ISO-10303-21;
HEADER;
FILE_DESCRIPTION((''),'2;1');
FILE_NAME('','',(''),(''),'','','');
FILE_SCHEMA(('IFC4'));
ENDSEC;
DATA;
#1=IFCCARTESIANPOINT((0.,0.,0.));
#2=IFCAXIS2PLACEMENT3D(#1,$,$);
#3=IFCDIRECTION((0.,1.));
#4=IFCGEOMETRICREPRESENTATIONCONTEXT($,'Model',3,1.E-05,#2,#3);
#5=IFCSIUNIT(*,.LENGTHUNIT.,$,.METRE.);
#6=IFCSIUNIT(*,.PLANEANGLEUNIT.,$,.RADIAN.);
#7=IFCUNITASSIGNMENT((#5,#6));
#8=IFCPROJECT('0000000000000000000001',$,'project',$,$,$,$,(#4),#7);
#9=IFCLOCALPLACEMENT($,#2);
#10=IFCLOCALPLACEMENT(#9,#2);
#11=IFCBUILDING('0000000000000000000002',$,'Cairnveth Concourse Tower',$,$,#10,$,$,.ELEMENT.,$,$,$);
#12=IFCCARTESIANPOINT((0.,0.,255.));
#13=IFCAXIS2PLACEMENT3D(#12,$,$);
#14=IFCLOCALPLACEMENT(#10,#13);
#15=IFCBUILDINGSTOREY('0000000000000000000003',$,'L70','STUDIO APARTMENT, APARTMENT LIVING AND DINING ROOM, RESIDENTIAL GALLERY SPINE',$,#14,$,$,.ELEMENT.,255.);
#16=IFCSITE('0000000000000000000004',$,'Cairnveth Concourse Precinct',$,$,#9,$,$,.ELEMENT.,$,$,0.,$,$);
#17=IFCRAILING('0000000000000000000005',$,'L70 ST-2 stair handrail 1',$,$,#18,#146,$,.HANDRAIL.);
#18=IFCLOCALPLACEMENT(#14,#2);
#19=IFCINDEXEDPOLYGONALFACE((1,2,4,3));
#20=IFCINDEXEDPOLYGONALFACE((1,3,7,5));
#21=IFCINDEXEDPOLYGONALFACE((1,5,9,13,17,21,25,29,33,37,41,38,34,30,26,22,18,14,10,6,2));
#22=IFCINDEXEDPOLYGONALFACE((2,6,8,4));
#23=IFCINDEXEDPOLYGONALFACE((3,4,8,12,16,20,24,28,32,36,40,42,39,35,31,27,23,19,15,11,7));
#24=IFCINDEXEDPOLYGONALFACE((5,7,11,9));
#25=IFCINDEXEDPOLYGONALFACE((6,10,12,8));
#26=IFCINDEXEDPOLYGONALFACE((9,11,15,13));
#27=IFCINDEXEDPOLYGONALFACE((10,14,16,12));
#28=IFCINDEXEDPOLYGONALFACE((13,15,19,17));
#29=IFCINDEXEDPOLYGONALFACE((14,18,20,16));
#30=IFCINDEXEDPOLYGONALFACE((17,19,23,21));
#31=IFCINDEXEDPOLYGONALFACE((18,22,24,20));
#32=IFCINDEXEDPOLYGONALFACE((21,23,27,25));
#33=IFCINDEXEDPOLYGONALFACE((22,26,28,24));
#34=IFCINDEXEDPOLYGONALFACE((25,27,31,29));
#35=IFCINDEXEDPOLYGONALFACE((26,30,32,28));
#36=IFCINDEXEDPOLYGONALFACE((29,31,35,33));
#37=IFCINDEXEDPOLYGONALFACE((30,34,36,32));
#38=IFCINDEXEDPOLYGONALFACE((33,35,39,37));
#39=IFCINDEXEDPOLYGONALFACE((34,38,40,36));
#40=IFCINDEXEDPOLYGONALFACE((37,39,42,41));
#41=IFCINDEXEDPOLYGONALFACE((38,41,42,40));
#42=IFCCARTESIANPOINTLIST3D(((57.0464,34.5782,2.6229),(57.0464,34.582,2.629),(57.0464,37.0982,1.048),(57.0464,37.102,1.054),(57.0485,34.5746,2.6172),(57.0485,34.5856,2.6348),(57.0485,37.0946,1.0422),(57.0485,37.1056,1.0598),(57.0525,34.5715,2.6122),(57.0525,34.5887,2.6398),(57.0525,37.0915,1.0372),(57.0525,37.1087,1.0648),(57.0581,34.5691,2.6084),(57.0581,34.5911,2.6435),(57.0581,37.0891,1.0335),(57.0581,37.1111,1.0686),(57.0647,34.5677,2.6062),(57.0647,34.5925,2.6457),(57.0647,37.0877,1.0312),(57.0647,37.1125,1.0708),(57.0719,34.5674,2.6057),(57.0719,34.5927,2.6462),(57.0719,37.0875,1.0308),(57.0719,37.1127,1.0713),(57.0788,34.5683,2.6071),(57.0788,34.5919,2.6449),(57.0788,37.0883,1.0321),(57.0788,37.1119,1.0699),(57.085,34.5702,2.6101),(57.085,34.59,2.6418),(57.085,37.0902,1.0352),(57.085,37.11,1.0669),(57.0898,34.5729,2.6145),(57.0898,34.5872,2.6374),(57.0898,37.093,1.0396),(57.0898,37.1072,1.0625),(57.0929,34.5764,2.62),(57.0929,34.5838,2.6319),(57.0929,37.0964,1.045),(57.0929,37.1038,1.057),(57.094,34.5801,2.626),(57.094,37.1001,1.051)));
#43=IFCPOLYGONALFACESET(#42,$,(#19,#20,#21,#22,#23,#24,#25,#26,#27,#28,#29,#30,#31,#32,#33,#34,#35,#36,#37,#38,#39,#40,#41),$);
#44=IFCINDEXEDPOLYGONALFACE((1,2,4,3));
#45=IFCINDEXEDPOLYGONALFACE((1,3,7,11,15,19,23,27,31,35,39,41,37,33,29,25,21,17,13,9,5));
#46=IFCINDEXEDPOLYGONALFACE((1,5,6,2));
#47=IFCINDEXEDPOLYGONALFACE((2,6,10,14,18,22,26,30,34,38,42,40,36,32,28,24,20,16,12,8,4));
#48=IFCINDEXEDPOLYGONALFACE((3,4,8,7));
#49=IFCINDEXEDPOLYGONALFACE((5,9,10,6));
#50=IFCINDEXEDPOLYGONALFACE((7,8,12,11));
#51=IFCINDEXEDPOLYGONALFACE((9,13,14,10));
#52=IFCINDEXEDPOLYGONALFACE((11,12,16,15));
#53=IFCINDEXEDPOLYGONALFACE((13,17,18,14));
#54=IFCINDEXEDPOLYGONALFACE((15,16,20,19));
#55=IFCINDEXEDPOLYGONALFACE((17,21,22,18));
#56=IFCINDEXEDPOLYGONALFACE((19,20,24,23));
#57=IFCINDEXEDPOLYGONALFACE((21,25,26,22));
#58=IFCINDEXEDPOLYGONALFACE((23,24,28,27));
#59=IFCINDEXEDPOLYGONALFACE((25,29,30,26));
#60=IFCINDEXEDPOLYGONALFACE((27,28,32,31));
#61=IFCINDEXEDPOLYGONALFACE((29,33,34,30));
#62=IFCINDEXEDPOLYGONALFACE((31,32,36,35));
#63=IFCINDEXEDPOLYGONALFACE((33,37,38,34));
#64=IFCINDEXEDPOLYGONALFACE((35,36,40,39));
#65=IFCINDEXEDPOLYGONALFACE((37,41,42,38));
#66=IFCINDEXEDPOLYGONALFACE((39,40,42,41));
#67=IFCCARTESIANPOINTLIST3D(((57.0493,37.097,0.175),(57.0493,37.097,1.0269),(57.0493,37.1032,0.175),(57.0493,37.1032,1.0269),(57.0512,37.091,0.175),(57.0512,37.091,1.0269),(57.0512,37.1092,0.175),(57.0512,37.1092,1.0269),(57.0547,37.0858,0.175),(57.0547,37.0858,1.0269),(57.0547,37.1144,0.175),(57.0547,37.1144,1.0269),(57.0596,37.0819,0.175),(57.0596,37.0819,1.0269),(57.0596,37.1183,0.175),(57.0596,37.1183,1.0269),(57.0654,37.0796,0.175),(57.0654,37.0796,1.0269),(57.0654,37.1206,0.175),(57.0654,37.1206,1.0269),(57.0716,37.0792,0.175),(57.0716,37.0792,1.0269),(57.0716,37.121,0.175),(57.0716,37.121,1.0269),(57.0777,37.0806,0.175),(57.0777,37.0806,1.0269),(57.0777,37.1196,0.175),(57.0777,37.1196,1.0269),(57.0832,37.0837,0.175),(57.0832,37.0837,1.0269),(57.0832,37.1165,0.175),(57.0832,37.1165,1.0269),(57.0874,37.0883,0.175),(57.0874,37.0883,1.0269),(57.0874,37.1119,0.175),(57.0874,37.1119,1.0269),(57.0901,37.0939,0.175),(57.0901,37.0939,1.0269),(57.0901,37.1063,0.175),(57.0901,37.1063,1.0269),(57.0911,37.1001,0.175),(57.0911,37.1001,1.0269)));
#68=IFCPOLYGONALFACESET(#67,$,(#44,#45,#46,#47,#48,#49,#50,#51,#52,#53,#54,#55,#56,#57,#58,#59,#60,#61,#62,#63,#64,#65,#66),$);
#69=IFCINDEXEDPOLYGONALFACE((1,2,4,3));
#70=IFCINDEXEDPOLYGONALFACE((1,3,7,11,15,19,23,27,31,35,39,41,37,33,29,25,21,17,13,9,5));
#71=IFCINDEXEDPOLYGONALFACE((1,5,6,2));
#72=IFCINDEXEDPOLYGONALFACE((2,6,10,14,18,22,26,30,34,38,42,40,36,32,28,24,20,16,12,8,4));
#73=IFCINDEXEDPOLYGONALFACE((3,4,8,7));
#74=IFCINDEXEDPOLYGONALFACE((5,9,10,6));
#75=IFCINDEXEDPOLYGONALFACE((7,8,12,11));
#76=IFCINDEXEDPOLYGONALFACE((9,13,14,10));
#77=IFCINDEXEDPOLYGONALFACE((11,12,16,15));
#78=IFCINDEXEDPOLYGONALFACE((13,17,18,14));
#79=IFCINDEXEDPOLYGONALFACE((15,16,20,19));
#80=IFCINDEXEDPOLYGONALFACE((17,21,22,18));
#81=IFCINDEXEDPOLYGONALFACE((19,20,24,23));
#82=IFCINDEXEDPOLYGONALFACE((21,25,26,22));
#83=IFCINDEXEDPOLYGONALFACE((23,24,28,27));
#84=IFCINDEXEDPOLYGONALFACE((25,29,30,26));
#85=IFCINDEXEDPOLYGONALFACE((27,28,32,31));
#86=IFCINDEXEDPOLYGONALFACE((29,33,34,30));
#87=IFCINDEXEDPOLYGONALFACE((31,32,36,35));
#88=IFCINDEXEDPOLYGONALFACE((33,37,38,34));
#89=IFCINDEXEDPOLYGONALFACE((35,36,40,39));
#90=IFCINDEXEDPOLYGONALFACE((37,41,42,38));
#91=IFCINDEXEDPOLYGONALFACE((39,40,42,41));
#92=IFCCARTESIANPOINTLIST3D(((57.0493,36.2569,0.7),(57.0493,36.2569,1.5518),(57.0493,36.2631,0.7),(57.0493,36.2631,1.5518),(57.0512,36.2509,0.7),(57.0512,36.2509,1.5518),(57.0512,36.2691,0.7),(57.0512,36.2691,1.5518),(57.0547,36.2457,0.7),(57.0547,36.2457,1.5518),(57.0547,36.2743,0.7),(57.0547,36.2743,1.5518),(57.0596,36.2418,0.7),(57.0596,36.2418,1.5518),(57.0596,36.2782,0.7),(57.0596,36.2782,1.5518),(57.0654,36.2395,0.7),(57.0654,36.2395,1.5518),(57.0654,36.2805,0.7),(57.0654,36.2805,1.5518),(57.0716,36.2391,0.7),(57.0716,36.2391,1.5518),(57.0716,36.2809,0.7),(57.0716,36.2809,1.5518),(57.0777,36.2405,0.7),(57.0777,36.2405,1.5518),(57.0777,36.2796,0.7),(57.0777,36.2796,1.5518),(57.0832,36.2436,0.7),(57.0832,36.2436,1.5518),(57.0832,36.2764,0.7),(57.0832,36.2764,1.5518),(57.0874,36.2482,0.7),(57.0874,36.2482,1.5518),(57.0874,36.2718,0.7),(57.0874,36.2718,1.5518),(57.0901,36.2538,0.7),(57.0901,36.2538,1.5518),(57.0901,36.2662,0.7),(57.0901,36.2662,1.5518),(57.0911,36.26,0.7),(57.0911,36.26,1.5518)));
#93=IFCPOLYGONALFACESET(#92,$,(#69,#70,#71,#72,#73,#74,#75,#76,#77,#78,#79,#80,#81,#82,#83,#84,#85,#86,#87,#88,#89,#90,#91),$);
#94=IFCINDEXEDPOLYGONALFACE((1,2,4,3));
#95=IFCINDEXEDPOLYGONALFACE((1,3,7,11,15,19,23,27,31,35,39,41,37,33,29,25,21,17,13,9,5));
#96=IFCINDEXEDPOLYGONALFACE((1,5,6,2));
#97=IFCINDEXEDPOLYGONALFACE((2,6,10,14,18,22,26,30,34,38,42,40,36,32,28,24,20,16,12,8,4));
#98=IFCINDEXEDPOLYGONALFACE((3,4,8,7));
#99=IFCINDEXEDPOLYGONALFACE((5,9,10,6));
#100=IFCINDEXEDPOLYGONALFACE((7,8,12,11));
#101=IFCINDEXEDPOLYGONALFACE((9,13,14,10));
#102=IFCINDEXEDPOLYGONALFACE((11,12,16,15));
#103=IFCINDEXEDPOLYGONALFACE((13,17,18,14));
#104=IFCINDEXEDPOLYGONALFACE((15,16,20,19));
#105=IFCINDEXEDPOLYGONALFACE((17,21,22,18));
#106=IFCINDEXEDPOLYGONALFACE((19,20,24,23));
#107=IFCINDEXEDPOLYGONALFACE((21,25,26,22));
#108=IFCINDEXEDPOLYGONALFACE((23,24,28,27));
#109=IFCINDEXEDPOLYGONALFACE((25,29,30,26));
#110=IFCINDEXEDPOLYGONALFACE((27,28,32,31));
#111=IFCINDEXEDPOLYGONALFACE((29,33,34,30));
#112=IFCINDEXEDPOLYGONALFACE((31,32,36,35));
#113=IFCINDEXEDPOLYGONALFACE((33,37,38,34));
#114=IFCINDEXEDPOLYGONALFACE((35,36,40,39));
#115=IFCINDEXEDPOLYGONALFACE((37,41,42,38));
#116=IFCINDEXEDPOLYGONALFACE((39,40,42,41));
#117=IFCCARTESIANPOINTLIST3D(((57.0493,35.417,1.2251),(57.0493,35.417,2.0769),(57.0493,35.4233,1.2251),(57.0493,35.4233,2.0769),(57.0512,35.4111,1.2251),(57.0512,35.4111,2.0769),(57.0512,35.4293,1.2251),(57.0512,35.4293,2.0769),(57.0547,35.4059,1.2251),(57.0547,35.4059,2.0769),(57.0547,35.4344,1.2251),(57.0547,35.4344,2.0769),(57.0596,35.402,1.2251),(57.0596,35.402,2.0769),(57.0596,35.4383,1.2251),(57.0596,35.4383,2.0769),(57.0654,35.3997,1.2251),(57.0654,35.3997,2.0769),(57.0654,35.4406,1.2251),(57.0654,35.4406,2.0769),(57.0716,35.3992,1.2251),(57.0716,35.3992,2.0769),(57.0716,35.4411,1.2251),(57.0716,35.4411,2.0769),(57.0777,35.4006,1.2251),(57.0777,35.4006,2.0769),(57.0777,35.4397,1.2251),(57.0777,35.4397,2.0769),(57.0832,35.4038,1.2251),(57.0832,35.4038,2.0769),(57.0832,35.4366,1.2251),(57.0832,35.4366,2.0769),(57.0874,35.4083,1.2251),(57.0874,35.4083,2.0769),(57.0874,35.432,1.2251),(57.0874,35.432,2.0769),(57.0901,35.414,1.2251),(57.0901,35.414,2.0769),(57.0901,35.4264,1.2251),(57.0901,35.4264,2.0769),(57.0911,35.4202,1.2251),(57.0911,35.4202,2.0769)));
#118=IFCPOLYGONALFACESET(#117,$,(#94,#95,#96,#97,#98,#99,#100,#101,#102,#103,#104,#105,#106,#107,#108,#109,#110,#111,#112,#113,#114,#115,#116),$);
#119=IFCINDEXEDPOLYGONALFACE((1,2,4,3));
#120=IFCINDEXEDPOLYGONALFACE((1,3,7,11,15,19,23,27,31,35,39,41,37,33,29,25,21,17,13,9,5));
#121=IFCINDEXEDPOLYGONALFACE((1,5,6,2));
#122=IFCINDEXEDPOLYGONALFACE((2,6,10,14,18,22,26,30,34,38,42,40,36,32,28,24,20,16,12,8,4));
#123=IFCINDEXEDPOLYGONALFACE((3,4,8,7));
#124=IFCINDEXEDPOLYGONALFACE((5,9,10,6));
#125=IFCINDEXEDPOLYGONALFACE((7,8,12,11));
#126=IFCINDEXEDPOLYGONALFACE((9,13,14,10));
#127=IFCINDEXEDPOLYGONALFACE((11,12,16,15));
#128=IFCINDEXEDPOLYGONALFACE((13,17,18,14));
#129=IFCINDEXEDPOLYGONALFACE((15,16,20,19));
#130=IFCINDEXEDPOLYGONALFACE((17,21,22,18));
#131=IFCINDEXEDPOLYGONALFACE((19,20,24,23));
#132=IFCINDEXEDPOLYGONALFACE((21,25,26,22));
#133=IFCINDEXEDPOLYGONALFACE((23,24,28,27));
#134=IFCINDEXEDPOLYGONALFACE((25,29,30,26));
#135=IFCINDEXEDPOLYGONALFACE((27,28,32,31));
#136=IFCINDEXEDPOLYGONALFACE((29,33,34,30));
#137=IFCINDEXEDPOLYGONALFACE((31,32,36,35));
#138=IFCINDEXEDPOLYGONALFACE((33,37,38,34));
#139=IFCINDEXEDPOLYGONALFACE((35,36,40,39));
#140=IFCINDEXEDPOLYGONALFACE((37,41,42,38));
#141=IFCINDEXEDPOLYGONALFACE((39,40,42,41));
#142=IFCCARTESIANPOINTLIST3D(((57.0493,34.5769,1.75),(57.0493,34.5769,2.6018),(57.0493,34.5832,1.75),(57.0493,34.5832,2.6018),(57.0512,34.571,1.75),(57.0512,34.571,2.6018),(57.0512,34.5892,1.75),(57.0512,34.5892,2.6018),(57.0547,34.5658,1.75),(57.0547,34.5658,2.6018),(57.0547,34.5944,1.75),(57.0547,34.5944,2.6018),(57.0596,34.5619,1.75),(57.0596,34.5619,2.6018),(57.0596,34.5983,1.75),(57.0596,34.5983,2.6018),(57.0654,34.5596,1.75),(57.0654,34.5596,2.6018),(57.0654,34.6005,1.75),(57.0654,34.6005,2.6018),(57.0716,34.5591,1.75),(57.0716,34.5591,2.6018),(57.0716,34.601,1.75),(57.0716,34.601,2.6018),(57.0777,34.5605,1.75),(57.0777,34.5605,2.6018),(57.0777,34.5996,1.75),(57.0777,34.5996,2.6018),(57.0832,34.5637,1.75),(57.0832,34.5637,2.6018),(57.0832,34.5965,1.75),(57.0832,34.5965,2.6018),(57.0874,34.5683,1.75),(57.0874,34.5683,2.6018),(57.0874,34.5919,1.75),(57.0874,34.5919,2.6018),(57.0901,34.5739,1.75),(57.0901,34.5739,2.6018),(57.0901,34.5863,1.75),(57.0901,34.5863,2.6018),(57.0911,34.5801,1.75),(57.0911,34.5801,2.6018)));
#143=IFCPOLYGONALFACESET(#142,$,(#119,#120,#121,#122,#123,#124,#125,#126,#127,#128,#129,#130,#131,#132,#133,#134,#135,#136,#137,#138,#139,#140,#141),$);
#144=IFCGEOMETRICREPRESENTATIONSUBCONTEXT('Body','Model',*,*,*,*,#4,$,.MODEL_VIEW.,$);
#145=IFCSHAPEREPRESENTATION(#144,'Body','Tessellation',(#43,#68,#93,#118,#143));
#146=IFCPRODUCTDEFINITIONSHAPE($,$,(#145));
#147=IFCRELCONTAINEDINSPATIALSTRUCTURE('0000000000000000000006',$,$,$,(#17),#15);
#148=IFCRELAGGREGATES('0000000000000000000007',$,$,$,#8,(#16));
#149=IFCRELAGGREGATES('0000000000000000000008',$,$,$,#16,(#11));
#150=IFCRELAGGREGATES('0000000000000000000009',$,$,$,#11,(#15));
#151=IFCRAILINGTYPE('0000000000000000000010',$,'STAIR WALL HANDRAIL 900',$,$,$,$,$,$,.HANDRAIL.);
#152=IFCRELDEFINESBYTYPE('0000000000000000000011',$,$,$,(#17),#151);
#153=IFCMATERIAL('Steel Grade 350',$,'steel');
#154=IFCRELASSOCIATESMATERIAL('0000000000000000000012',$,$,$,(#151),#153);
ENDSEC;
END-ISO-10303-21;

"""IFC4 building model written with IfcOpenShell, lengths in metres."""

from ifc_helpers import new_model, si_unit, direction, frame, origin, origin_2d, place, context, subcontext, project, spatial, circle, extrude, material, type_object, element, save


model = new_model("IFC4")

# Units and contexts
model_context = context("Model", 3, precision=1e-05, world=origin(), true_north=direction((0.0, 1.0)))
body_context = subcontext(model_context, "Body", "Model", "MODEL_VIEW")
ifc_project = project(units=[si_unit("LENGTHUNIT", "METRE"), si_unit("PLANEANGLEUNIT", "RADIAN")], contexts=[model_context])

# Site, building, storey
site_placement = place(None, origin())
site = spatial("IfcSite", under=ifc_project, at=site_placement, Name="Cairnveth Concourse Precinct", CompositionType="ELEMENT", RefElevation=0.0)
building_placement = place(site_placement, origin())
building = spatial("IfcBuilding", under=site, at=building_placement, Name="Cairnveth Concourse Tower", CompositionType="ELEMENT")
storey_placement = place(building_placement, frame((0.0, 0.0, 255.0)))
storey = spatial("IfcBuildingStorey", under=building, at=storey_placement, Name="L70", Description="STUDIO APARTMENT, APARTMENT LIVING AND DINING ROOM, RESIDENTIAL GALLERY SPINE", CompositionType="ELEMENT", Elevation=255.0)

# Shared definitions
ifc_material_1 = material(Name="Steel Grade 350", Category="steel")

# Railing
railing_type_1 = type_object("IfcRailingType", Name="STAIR WALL HANDRAIL 900", PredefinedType="HANDRAIL", material=ifc_material_1)
railing_1_placement = place(storey_placement, frame((57.0701, 37.1001, 0.175)))
element("IfcRailing", 1, at=railing_1_placement, inside=storey, type_object=railing_type_1, Name="L70 ST-2 stair handrail 1", PredefinedType="HANDRAIL", context=body_context, shape_type="SweptSolid", body=[
    extrude(circle(Radius=0.0239, at=origin_2d()), frame((0.0, 0.0, 0.876), z_axis=(0.0, -0.848008, 0.529984), x_axis=(1.0, 0.0, 0.0)), (0.0, 0.0, 1.0), 2.9717),
    extrude(circle(Radius=0.021, at=origin_2d()), origin(), (0.0, 0.0, 1.0), 0.8518),
    extrude(circle(Radius=0.021, at=origin_2d()), frame((0.0, -0.8401, 0.5249)), (0.0, 0.0, 1.0), 0.8518),
    extrude(circle(Radius=0.021, at=origin_2d()), frame((0.0, -1.6799, 1.05)), (0.0, 0.0, 1.0), 0.8518),
    extrude(circle(Radius=0.021, at=origin_2d()), frame((0.0, -2.52, 1.575)), (0.0, 0.0, 1.0), 0.8518),
])

save(model, "model.ifc")
